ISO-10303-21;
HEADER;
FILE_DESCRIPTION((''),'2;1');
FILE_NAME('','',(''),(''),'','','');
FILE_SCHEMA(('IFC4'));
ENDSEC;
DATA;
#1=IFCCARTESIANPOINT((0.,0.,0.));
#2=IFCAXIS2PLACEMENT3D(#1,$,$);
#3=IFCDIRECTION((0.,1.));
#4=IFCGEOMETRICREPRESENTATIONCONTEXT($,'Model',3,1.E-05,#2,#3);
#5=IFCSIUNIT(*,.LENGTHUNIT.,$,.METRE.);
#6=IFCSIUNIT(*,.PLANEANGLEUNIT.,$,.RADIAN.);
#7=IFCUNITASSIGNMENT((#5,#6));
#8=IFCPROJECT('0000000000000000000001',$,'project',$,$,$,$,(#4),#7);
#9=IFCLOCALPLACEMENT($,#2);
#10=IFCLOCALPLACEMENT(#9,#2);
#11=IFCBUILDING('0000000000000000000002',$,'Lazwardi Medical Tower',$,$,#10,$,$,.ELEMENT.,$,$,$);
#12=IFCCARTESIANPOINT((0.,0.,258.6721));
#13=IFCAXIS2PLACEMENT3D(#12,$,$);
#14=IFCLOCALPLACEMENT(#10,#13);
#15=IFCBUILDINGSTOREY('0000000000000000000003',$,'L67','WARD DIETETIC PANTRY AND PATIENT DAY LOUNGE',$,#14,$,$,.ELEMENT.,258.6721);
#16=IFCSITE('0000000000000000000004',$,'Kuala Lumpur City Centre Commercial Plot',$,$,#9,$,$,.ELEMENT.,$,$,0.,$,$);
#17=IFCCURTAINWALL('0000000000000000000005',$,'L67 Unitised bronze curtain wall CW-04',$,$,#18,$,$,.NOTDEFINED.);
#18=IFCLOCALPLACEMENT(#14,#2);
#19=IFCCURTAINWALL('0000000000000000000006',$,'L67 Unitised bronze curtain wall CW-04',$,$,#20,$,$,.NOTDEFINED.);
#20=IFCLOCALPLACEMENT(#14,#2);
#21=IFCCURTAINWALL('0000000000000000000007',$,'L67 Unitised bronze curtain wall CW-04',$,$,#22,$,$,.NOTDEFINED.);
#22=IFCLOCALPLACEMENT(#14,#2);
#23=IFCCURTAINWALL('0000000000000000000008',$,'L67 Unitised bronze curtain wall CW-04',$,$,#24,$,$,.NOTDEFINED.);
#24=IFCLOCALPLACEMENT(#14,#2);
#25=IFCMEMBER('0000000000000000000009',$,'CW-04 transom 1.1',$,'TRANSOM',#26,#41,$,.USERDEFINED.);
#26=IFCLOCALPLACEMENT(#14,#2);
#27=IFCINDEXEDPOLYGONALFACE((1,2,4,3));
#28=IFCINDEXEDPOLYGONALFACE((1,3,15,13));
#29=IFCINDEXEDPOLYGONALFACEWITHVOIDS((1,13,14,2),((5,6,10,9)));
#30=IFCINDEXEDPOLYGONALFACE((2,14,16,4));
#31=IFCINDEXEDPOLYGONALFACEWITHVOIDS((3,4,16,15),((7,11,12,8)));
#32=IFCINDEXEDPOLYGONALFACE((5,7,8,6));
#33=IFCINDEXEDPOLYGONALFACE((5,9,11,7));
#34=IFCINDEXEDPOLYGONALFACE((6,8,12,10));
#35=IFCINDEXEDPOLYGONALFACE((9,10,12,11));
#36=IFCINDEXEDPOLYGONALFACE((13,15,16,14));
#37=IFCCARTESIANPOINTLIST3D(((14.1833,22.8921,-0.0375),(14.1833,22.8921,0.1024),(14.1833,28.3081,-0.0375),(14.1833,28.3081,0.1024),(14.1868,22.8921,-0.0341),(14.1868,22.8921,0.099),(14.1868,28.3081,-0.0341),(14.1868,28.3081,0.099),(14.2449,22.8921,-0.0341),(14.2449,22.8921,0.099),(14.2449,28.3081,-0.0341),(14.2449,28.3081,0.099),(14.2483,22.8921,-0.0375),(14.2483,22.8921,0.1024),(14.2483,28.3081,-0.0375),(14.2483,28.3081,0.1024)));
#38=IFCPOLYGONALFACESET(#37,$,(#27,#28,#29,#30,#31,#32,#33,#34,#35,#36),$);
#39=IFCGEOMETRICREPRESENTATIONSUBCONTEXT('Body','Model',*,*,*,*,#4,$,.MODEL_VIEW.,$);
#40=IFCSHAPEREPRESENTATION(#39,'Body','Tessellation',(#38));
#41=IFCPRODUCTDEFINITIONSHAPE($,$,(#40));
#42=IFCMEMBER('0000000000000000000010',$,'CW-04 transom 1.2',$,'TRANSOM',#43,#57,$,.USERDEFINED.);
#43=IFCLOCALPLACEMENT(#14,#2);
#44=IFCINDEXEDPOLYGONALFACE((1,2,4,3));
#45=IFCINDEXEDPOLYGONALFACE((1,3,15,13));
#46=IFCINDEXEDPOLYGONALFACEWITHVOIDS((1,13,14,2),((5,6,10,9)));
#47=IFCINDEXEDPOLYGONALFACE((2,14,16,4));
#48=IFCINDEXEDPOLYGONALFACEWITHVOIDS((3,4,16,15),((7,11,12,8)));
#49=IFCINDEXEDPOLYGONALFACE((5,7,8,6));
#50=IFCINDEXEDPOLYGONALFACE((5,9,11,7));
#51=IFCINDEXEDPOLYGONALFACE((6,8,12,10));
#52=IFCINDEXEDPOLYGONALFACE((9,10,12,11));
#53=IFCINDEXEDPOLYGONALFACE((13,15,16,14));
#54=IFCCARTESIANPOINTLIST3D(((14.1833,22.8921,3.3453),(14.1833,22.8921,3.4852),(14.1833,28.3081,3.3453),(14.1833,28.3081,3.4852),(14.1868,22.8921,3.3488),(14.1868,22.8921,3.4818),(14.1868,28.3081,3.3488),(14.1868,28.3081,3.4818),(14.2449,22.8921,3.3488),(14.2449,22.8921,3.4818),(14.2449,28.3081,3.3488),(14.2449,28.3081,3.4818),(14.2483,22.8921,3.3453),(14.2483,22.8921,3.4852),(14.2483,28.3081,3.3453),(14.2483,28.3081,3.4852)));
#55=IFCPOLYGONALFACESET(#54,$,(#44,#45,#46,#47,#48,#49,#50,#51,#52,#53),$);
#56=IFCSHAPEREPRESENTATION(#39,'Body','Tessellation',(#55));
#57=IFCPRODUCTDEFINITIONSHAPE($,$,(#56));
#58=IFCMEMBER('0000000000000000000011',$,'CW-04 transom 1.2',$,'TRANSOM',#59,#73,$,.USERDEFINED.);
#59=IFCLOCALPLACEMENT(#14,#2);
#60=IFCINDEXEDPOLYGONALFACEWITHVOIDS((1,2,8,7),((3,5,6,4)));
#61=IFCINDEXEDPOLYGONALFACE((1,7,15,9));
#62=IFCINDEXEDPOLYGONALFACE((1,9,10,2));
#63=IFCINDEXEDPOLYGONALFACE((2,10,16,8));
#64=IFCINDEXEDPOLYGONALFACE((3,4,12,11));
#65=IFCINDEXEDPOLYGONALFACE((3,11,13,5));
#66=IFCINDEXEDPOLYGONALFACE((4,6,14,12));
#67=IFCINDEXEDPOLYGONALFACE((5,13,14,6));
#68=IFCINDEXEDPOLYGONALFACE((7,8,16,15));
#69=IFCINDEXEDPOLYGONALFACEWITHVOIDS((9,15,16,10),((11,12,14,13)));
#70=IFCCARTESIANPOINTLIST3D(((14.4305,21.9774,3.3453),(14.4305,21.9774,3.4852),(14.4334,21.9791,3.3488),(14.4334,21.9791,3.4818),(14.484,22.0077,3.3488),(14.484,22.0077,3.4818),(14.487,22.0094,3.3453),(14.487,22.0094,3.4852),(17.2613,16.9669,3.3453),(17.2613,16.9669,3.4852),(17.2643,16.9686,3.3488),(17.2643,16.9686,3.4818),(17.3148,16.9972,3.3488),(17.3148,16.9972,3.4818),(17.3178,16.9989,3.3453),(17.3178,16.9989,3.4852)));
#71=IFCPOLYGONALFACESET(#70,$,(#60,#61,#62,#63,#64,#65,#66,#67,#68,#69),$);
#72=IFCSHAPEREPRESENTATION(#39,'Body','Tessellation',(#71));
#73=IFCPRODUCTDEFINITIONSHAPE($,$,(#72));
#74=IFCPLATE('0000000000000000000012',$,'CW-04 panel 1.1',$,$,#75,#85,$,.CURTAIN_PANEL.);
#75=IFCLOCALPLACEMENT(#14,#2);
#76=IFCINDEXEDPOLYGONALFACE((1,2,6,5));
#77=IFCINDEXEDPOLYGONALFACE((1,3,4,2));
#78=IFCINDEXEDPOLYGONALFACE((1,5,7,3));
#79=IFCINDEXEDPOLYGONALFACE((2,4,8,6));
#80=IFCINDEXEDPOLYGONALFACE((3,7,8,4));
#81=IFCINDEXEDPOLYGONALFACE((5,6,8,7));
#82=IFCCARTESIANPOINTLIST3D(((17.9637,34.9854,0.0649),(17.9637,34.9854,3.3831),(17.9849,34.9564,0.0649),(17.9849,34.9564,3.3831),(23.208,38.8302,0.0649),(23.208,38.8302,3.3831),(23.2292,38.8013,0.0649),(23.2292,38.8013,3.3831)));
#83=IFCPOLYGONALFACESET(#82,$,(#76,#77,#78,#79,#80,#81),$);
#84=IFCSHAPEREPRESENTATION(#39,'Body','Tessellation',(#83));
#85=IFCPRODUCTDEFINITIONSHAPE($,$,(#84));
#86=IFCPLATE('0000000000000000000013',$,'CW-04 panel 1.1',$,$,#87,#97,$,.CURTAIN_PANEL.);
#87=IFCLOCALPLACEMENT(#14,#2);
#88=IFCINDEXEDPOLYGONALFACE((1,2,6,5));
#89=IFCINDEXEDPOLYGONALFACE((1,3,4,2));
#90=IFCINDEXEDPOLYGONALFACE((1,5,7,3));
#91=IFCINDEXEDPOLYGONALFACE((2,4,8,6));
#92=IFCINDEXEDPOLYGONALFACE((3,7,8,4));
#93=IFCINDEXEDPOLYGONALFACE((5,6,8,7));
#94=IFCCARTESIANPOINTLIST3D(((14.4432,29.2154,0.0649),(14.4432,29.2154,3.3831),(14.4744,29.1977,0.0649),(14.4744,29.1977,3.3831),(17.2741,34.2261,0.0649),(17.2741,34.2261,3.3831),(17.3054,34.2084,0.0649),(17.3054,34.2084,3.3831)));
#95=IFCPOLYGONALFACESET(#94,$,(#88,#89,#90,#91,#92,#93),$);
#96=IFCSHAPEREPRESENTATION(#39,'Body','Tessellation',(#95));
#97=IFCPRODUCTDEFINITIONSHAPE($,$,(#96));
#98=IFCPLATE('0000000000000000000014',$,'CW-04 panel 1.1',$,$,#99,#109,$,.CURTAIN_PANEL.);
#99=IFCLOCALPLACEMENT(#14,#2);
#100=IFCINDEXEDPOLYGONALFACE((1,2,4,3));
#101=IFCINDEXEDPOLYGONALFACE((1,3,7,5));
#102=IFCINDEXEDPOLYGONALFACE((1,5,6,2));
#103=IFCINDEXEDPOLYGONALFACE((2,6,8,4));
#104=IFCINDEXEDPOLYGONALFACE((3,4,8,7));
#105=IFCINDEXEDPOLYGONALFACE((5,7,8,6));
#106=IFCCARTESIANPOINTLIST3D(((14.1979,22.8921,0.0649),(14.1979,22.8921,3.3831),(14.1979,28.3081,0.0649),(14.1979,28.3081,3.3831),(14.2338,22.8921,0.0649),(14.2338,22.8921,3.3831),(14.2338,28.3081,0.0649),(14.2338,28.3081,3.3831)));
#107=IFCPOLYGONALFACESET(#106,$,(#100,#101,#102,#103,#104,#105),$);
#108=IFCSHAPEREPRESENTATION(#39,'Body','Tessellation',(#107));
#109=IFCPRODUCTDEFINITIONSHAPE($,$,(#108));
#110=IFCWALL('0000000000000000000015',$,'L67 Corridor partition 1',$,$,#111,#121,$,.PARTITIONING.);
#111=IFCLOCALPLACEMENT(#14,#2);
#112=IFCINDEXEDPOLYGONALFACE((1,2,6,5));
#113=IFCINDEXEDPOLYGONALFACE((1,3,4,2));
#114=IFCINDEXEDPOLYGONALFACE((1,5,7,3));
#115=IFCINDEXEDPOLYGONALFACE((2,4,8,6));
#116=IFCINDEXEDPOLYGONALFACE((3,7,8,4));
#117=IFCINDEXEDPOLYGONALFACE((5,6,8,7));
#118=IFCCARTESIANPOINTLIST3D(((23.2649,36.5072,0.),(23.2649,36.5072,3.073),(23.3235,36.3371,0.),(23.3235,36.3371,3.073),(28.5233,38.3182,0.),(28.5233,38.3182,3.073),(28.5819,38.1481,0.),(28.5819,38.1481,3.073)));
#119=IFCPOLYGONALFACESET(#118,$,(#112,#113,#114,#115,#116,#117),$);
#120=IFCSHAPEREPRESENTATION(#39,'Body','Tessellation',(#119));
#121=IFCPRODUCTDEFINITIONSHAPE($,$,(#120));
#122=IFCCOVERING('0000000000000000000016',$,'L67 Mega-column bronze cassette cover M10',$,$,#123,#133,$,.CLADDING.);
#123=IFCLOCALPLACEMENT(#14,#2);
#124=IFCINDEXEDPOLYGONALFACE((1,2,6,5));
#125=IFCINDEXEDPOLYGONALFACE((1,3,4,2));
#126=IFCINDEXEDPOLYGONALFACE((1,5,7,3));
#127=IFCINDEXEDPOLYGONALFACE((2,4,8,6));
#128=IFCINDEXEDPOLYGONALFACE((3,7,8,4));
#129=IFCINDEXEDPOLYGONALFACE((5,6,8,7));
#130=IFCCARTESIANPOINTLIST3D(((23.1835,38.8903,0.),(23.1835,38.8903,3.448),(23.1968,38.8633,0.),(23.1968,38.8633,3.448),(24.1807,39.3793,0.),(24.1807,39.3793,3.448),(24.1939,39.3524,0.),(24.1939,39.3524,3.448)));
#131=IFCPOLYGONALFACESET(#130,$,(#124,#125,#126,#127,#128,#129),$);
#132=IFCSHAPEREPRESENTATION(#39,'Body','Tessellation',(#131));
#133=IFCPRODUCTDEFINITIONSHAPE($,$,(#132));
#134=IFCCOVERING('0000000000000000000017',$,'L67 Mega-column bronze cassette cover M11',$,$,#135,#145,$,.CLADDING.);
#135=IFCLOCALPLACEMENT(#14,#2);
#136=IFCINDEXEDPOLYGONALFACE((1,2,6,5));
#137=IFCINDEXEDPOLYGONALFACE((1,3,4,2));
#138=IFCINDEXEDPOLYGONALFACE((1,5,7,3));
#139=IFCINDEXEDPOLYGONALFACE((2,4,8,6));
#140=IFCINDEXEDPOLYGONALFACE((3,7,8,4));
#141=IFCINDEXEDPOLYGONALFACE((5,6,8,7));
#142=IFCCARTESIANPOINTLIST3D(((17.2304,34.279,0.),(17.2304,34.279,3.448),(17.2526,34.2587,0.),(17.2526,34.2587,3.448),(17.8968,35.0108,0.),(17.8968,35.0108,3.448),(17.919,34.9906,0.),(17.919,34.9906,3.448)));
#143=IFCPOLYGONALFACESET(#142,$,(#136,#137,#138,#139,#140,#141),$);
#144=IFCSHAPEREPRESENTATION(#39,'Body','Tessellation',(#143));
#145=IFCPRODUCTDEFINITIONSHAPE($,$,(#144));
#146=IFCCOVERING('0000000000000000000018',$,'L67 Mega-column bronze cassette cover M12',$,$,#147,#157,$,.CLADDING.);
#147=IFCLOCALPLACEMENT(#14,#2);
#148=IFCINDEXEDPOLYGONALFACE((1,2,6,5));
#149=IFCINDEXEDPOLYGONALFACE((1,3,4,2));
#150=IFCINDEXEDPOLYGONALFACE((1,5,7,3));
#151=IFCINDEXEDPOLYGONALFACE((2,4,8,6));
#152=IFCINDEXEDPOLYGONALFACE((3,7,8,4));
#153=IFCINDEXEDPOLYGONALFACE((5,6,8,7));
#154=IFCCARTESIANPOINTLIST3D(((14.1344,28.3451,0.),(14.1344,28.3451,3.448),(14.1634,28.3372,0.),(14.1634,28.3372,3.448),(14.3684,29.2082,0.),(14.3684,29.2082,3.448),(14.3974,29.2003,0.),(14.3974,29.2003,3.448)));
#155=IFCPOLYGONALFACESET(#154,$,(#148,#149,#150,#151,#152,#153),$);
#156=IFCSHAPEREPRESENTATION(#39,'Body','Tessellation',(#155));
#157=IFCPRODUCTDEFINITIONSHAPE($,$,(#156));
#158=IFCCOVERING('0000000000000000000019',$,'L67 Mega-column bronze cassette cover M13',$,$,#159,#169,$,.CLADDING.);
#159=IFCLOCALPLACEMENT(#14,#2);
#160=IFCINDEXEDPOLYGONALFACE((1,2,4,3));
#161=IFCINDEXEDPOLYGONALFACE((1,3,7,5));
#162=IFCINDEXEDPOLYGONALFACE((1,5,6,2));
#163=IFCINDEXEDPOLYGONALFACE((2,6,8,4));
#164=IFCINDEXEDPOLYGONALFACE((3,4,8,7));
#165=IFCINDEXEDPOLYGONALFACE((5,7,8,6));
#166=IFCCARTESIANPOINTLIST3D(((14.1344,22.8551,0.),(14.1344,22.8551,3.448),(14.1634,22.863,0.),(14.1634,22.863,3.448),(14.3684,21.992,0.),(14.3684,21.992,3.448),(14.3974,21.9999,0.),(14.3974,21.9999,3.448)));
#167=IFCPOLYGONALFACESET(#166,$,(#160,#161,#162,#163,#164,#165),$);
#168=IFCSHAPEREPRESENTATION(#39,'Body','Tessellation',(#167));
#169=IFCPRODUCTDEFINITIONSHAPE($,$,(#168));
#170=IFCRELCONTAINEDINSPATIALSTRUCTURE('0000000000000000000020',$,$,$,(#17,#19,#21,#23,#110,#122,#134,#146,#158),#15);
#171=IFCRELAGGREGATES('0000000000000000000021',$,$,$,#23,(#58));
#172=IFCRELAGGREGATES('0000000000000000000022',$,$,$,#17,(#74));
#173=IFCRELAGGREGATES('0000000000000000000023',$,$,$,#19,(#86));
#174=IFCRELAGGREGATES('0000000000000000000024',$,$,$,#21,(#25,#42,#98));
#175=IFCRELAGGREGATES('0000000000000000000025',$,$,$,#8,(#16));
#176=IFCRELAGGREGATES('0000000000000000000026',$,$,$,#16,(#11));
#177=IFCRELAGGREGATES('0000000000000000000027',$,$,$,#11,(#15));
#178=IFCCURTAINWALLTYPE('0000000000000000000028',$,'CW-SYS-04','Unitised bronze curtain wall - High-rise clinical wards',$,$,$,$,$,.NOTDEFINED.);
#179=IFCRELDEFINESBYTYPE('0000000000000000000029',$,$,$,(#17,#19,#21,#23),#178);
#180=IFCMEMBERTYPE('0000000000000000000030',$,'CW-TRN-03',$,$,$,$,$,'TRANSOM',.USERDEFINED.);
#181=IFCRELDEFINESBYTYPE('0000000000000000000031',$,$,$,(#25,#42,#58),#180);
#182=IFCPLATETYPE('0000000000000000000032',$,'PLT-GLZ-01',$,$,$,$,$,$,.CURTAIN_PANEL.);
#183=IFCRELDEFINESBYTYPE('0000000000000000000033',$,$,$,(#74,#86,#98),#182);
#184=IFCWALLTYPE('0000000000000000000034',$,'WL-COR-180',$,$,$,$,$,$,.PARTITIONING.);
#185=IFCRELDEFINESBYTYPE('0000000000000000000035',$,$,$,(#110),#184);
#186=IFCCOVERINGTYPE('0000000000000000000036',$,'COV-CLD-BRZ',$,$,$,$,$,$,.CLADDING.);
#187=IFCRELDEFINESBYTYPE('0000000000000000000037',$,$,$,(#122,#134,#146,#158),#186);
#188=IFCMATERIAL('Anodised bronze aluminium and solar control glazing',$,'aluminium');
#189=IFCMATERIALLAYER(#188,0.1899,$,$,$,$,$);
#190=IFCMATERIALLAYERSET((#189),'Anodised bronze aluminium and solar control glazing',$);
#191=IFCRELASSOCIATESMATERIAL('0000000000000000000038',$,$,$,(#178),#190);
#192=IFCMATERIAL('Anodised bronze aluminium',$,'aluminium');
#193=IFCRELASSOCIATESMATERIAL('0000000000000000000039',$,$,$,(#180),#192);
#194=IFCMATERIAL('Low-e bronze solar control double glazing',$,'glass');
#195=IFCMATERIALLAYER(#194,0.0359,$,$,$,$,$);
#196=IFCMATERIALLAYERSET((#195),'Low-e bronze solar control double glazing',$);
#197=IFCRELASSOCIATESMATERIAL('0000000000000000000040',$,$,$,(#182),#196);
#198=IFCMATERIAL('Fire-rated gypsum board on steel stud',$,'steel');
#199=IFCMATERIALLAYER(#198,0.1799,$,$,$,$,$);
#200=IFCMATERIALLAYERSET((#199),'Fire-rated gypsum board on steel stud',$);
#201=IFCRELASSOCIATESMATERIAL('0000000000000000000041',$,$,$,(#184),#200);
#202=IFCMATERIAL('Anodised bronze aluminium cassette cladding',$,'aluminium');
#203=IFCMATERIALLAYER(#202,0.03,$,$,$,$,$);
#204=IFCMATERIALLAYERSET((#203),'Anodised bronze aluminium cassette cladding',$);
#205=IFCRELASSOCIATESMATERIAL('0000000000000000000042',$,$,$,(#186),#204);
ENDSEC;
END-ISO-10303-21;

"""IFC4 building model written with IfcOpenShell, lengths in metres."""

from ifc_helpers import new_model, si_unit, direction, frame, frame_2d, origin, origin_2d, place, context, subcontext, project, spatial, rectangle, hollow_rectangle, extrude, material, layer, layer_set, material_profile, profile_set, type_object, element, aggregate, save


model = new_model("IFC4")

# Units and contexts
model_context = context("Model", 3, precision=1e-05, world=origin(), true_north=direction((0.0, 1.0)))
body_context = subcontext(model_context, "Body", "Model", "MODEL_VIEW")
ifc_project = project(units=[si_unit("LENGTHUNIT", "METRE"), si_unit("PLANEANGLEUNIT", "RADIAN")], contexts=[model_context])

# Site, building, storey
site_placement = place(None, origin())
site = spatial("IfcSite", under=ifc_project, at=site_placement, Name="Kuala Lumpur City Centre Commercial Plot", CompositionType="ELEMENT", RefElevation=0.0)
building_placement = place(site_placement, origin())
building = spatial("IfcBuilding", under=site, at=building_placement, Name="Lazwardi Medical Tower", CompositionType="ELEMENT")
storey_placement = place(building_placement, frame((0.0, 0.0, 258.6721)))
storey = spatial("IfcBuildingStorey", under=building, at=storey_placement, Name="L67", Description="WARD DIETETIC PANTRY AND PATIENT DAY LOUNGE", CompositionType="ELEMENT", Elevation=258.6721)

# Curtain walls
ifc_material_1 = material(Name="Anodised bronze aluminium and solar control glazing", Category="aluminium")
ifc_layer_1 = layer(ifc_material_1, 0.1899)
ifc_layer_set_1 = layer_set([ifc_layer_1], Name="Anodised bronze aluminium and solar control glazing")
curtain_wall_type = type_object("IfcCurtainWallType", Name="CW-SYS-04", Description="Unitised bronze curtain wall - High-rise clinical wards", PredefinedType="NOTDEFINED", material=ifc_layer_set_1)
curtain_wall_1_placement = place(storey_placement, origin())
curtain_wall_1 = element("IfcCurtainWall", 1, at=curtain_wall_1_placement, inside=storey, type_object=curtain_wall_type, Name="L67 Unitised bronze curtain wall CW-04", PredefinedType="NOTDEFINED")
ifc_material_2 = material(Name="Anodised bronze aluminium", Category="aluminium")
curtain_wall_2_placement = place(storey_placement, origin())
curtain_wall_2 = element("IfcCurtainWall", 2, at=curtain_wall_2_placement, inside=storey, type_object=curtain_wall_type, Name="L67 Unitised bronze curtain wall CW-04", PredefinedType="NOTDEFINED")
curtain_wall_3_placement = place(storey_placement, origin())
curtain_wall_3 = element("IfcCurtainWall", 3, at=curtain_wall_3_placement, inside=storey, type_object=curtain_wall_type, Name="L67 Unitised bronze curtain wall CW-04", PredefinedType="NOTDEFINED")

# Curtain wall
curtain_wall_4_placement = place(storey_placement, origin())
curtain_wall_4 = element("IfcCurtainWall", 4, at=curtain_wall_4_placement, inside=storey, type_object=curtain_wall_type, Name="L67 Unitised bronze curtain wall CW-04", PredefinedType="NOTDEFINED")

# Members
ifc_material_profile_1 = material_profile(ifc_material_2, hollow_rectangle(XDim=0.0649, YDim=0.1399, WallThickness=0.0034, at=origin_2d()), Name="ALU-TRANSOM 140x65x3.5")
ifc_profile_set_1 = profile_set([ifc_material_profile_1], Name="Anodised bronze aluminium")
member_type_1 = type_object("IfcMemberType", Name="CW-TRN-03", ElementType="TRANSOM", PredefinedType="USERDEFINED", material=ifc_profile_set_1)
member_1_placement = place(storey_placement, frame((14.2158, 28.3081, 0.0325), z_axis=(0.0, -1.0, 0.0), x_axis=(1.0, 0.0, 0.0)))
member_1 = element("IfcMember", 5, at=member_1_placement, type_object=member_type_1, Name="CW-04 transom 1.1", ObjectType="TRANSOM", PredefinedType="USERDEFINED", context=body_context, shape_type="SweptSolid", body=[
    extrude(hollow_rectangle(XDim=0.0649, YDim=0.1399, WallThickness=0.0034, at=origin_2d()), origin(), (0.0, 0.0, 1.0), 5.416),
])
member_2_placement = place(storey_placement, frame((14.2158, 28.3081, 3.4153), z_axis=(0.0, -1.0, 0.0), x_axis=(1.0, 0.0, 0.0)))
member_2 = element("IfcMember", 6, at=member_2_placement, type_object=member_type_1, Name="CW-04 transom 1.2", ObjectType="TRANSOM", PredefinedType="USERDEFINED", context=body_context, shape_type="SweptSolid", body=[
    extrude(hollow_rectangle(XDim=0.0649, YDim=0.1399, WallThickness=0.0034, at=origin_2d()), origin(), (0.0, 0.0, 1.0), 5.416),
])
member_3_placement = place(storey_placement, frame((14.4587, 21.9934, 3.4153), z_axis=(0.491898, -0.870653, 0.0), x_axis=(0.870653, 0.491898, 0.0)))
member_3 = element("IfcMember", 7, at=member_3_placement, type_object=member_type_1, Name="CW-04 transom 1.2", ObjectType="TRANSOM", PredefinedType="USERDEFINED", context=body_context, shape_type="SweptSolid", body=[
    extrude(hollow_rectangle(XDim=0.0649, YDim=0.1399, WallThickness=0.0034, at=origin_2d()), origin(), (0.0, 0.0, 1.0), 5.7549),
])
aggregate(curtain_wall_4, [member_3])

# Plates
ifc_material_3 = material(Name="Low-e bronze solar control double glazing", Category="glass")
ifc_layer_2 = layer(ifc_material_3, 0.0359)
ifc_layer_set_2 = layer_set([ifc_layer_2], Name="Low-e bronze solar control double glazing")
plate_type = type_object("IfcPlateType", Name="PLT-GLZ-01", PredefinedType="CURTAIN_PANEL", material=ifc_layer_set_2)
plate_1_placement = place(storey_placement, frame((20.5964, 36.8933, 0.0649), z_axis=(0.0, 0.0, 1.0), x_axis=(-0.806475, -0.591268, 0.0)))
plate_1 = element("IfcPlate", 8, at=plate_1_placement, type_object=plate_type, Name="CW-04 panel 1.1", PredefinedType="CURTAIN_PANEL", context=body_context, shape_type="SweptSolid", body=[
    extrude(rectangle(XDim=6.5027, YDim=0.0359, at=origin_2d()), origin(), (0.0, 0.0, 1.0), 3.3181),
])
aggregate(curtain_wall_1, [plate_1])
plate_2_placement = place(storey_placement, frame((15.8743, 31.7119, 0.0649), z_axis=(0.0, 0.0, 1.0), x_axis=(-0.4919, -0.870651, 0.0)))
plate_2 = element("IfcPlate", 9, at=plate_2_placement, type_object=plate_type, Name="CW-04 panel 1.1", PredefinedType="CURTAIN_PANEL", context=body_context, shape_type="SweptSolid", body=[
    extrude(rectangle(XDim=5.7551, YDim=0.0359, at=origin_2d()), origin(), (0.0, 0.0, 1.0), 3.3181),
])
aggregate(curtain_wall_2, [plate_2])
plate_3_placement = place(storey_placement, frame((14.2158, 25.6001, 0.0649), z_axis=(0.0, 0.0, 1.0), x_axis=(0.0, -1.0, 0.0)))
plate_3 = element("IfcPlate", 10, at=plate_3_placement, type_object=plate_type, Name="CW-04 panel 1.1", PredefinedType="CURTAIN_PANEL", context=body_context, shape_type="SweptSolid", body=[
    extrude(rectangle(XDim=5.416, YDim=0.0359, at=origin_2d()), origin(), (0.0, 0.0, 1.0), 3.3181),
])
aggregate(curtain_wall_3, [member_1, member_2, plate_3])

# Wall
ifc_material_4 = material(Name="Fire-rated gypsum board on steel stud", Category="steel")
ifc_layer_3 = layer(ifc_material_4, 0.1799)
ifc_layer_set_3 = layer_set([ifc_layer_3], Name="Fire-rated gypsum board on steel stud")
wall_type = type_object("IfcWallType", Name="WL-COR-180", PredefinedType="PARTITIONING", material=ifc_layer_set_3)
wall_placement = place(storey_placement, frame((23.2942, 36.4221, 0.0), z_axis=(0.0, 0.0, 1.0), x_axis=(0.945493, 0.325642, 0.0)))
element("IfcWall", 11, at=wall_placement, inside=storey, type_object=wall_type, Name="L67 Corridor partition 1", PredefinedType="PARTITIONING", context=body_context, shape_type="SweptSolid", body=[
    extrude(rectangle(XDim=5.5615, YDim=0.1799, at=frame_2d((2.7808, 0.0))), origin(), (0.0, 0.0, 1.0), 3.073),
])

# Coverings
ifc_material_5 = material(Name="Anodised bronze aluminium cassette cladding", Category="aluminium")
ifc_layer_4 = layer(ifc_material_5, 0.03)
ifc_layer_set_4 = layer_set([ifc_layer_4], Name="Anodised bronze aluminium cassette cladding")
covering_type = type_object("IfcCoveringType", Name="COV-CLD-BRZ", PredefinedType="CLADDING", material=ifc_layer_set_4)
covering_1_placement = place(storey_placement, frame((23.6887, 39.1213, 0.0), z_axis=(0.0, 0.0, 1.0), x_axis=(-0.89784, -0.440322, 0.0)))
element("IfcCovering", 12, at=covering_1_placement, inside=storey, type_object=covering_type, Name="L67 Mega-column bronze cassette cover M10", PredefinedType="CLADDING", context=body_context, shape_type="SweptSolid", body=[
    extrude(rectangle(XDim=1.1106, YDim=0.03, at=origin_2d()), origin(), (0.0, 0.0, 1.0), 3.448),
])
covering_2_placement = place(storey_placement, frame((17.5747, 34.6348, 0.0), z_axis=(0.0, 0.0, 1.0), x_axis=(-0.673241, -0.739423, 0.0)))
element("IfcCovering", 13, at=covering_2_placement, inside=storey, type_object=covering_type, Name="L67 Mega-column bronze cassette cover M11", PredefinedType="CLADDING", context=body_context, shape_type="SweptSolid", body=[
    extrude(rectangle(XDim=0.9897, YDim=0.03, at=origin_2d()), origin(), (0.0, 0.0, 1.0), 3.448),
])
for number, where, z_axis, x_axis, name in (
    (14, (14.2659, 28.7727, 0.0), (0.0, 0.0, 1.0), (-0.261642, -0.965165, 0.0), "L67 Mega-column bronze cassette cover M12"),
    (15, (14.2659, 22.4275, 0.0), (0.0, 0.0, 1.0), (0.261642, -0.965165, 0.0), "L67 Mega-column bronze cassette cover M13"),
):
    element("IfcCovering", number, at=place(storey_placement, frame(where, z_axis=z_axis, x_axis=x_axis)), inside=storey, type_object=covering_type, Name=name, PredefinedType="CLADDING", context=body_context, shape_type="SweptSolid", body=[
        extrude(rectangle(XDim=0.8943, YDim=0.03, at=origin_2d()), origin(), (0.0, 0.0, 1.0), 3.448),
    ])

save(model, "model.ifc")
